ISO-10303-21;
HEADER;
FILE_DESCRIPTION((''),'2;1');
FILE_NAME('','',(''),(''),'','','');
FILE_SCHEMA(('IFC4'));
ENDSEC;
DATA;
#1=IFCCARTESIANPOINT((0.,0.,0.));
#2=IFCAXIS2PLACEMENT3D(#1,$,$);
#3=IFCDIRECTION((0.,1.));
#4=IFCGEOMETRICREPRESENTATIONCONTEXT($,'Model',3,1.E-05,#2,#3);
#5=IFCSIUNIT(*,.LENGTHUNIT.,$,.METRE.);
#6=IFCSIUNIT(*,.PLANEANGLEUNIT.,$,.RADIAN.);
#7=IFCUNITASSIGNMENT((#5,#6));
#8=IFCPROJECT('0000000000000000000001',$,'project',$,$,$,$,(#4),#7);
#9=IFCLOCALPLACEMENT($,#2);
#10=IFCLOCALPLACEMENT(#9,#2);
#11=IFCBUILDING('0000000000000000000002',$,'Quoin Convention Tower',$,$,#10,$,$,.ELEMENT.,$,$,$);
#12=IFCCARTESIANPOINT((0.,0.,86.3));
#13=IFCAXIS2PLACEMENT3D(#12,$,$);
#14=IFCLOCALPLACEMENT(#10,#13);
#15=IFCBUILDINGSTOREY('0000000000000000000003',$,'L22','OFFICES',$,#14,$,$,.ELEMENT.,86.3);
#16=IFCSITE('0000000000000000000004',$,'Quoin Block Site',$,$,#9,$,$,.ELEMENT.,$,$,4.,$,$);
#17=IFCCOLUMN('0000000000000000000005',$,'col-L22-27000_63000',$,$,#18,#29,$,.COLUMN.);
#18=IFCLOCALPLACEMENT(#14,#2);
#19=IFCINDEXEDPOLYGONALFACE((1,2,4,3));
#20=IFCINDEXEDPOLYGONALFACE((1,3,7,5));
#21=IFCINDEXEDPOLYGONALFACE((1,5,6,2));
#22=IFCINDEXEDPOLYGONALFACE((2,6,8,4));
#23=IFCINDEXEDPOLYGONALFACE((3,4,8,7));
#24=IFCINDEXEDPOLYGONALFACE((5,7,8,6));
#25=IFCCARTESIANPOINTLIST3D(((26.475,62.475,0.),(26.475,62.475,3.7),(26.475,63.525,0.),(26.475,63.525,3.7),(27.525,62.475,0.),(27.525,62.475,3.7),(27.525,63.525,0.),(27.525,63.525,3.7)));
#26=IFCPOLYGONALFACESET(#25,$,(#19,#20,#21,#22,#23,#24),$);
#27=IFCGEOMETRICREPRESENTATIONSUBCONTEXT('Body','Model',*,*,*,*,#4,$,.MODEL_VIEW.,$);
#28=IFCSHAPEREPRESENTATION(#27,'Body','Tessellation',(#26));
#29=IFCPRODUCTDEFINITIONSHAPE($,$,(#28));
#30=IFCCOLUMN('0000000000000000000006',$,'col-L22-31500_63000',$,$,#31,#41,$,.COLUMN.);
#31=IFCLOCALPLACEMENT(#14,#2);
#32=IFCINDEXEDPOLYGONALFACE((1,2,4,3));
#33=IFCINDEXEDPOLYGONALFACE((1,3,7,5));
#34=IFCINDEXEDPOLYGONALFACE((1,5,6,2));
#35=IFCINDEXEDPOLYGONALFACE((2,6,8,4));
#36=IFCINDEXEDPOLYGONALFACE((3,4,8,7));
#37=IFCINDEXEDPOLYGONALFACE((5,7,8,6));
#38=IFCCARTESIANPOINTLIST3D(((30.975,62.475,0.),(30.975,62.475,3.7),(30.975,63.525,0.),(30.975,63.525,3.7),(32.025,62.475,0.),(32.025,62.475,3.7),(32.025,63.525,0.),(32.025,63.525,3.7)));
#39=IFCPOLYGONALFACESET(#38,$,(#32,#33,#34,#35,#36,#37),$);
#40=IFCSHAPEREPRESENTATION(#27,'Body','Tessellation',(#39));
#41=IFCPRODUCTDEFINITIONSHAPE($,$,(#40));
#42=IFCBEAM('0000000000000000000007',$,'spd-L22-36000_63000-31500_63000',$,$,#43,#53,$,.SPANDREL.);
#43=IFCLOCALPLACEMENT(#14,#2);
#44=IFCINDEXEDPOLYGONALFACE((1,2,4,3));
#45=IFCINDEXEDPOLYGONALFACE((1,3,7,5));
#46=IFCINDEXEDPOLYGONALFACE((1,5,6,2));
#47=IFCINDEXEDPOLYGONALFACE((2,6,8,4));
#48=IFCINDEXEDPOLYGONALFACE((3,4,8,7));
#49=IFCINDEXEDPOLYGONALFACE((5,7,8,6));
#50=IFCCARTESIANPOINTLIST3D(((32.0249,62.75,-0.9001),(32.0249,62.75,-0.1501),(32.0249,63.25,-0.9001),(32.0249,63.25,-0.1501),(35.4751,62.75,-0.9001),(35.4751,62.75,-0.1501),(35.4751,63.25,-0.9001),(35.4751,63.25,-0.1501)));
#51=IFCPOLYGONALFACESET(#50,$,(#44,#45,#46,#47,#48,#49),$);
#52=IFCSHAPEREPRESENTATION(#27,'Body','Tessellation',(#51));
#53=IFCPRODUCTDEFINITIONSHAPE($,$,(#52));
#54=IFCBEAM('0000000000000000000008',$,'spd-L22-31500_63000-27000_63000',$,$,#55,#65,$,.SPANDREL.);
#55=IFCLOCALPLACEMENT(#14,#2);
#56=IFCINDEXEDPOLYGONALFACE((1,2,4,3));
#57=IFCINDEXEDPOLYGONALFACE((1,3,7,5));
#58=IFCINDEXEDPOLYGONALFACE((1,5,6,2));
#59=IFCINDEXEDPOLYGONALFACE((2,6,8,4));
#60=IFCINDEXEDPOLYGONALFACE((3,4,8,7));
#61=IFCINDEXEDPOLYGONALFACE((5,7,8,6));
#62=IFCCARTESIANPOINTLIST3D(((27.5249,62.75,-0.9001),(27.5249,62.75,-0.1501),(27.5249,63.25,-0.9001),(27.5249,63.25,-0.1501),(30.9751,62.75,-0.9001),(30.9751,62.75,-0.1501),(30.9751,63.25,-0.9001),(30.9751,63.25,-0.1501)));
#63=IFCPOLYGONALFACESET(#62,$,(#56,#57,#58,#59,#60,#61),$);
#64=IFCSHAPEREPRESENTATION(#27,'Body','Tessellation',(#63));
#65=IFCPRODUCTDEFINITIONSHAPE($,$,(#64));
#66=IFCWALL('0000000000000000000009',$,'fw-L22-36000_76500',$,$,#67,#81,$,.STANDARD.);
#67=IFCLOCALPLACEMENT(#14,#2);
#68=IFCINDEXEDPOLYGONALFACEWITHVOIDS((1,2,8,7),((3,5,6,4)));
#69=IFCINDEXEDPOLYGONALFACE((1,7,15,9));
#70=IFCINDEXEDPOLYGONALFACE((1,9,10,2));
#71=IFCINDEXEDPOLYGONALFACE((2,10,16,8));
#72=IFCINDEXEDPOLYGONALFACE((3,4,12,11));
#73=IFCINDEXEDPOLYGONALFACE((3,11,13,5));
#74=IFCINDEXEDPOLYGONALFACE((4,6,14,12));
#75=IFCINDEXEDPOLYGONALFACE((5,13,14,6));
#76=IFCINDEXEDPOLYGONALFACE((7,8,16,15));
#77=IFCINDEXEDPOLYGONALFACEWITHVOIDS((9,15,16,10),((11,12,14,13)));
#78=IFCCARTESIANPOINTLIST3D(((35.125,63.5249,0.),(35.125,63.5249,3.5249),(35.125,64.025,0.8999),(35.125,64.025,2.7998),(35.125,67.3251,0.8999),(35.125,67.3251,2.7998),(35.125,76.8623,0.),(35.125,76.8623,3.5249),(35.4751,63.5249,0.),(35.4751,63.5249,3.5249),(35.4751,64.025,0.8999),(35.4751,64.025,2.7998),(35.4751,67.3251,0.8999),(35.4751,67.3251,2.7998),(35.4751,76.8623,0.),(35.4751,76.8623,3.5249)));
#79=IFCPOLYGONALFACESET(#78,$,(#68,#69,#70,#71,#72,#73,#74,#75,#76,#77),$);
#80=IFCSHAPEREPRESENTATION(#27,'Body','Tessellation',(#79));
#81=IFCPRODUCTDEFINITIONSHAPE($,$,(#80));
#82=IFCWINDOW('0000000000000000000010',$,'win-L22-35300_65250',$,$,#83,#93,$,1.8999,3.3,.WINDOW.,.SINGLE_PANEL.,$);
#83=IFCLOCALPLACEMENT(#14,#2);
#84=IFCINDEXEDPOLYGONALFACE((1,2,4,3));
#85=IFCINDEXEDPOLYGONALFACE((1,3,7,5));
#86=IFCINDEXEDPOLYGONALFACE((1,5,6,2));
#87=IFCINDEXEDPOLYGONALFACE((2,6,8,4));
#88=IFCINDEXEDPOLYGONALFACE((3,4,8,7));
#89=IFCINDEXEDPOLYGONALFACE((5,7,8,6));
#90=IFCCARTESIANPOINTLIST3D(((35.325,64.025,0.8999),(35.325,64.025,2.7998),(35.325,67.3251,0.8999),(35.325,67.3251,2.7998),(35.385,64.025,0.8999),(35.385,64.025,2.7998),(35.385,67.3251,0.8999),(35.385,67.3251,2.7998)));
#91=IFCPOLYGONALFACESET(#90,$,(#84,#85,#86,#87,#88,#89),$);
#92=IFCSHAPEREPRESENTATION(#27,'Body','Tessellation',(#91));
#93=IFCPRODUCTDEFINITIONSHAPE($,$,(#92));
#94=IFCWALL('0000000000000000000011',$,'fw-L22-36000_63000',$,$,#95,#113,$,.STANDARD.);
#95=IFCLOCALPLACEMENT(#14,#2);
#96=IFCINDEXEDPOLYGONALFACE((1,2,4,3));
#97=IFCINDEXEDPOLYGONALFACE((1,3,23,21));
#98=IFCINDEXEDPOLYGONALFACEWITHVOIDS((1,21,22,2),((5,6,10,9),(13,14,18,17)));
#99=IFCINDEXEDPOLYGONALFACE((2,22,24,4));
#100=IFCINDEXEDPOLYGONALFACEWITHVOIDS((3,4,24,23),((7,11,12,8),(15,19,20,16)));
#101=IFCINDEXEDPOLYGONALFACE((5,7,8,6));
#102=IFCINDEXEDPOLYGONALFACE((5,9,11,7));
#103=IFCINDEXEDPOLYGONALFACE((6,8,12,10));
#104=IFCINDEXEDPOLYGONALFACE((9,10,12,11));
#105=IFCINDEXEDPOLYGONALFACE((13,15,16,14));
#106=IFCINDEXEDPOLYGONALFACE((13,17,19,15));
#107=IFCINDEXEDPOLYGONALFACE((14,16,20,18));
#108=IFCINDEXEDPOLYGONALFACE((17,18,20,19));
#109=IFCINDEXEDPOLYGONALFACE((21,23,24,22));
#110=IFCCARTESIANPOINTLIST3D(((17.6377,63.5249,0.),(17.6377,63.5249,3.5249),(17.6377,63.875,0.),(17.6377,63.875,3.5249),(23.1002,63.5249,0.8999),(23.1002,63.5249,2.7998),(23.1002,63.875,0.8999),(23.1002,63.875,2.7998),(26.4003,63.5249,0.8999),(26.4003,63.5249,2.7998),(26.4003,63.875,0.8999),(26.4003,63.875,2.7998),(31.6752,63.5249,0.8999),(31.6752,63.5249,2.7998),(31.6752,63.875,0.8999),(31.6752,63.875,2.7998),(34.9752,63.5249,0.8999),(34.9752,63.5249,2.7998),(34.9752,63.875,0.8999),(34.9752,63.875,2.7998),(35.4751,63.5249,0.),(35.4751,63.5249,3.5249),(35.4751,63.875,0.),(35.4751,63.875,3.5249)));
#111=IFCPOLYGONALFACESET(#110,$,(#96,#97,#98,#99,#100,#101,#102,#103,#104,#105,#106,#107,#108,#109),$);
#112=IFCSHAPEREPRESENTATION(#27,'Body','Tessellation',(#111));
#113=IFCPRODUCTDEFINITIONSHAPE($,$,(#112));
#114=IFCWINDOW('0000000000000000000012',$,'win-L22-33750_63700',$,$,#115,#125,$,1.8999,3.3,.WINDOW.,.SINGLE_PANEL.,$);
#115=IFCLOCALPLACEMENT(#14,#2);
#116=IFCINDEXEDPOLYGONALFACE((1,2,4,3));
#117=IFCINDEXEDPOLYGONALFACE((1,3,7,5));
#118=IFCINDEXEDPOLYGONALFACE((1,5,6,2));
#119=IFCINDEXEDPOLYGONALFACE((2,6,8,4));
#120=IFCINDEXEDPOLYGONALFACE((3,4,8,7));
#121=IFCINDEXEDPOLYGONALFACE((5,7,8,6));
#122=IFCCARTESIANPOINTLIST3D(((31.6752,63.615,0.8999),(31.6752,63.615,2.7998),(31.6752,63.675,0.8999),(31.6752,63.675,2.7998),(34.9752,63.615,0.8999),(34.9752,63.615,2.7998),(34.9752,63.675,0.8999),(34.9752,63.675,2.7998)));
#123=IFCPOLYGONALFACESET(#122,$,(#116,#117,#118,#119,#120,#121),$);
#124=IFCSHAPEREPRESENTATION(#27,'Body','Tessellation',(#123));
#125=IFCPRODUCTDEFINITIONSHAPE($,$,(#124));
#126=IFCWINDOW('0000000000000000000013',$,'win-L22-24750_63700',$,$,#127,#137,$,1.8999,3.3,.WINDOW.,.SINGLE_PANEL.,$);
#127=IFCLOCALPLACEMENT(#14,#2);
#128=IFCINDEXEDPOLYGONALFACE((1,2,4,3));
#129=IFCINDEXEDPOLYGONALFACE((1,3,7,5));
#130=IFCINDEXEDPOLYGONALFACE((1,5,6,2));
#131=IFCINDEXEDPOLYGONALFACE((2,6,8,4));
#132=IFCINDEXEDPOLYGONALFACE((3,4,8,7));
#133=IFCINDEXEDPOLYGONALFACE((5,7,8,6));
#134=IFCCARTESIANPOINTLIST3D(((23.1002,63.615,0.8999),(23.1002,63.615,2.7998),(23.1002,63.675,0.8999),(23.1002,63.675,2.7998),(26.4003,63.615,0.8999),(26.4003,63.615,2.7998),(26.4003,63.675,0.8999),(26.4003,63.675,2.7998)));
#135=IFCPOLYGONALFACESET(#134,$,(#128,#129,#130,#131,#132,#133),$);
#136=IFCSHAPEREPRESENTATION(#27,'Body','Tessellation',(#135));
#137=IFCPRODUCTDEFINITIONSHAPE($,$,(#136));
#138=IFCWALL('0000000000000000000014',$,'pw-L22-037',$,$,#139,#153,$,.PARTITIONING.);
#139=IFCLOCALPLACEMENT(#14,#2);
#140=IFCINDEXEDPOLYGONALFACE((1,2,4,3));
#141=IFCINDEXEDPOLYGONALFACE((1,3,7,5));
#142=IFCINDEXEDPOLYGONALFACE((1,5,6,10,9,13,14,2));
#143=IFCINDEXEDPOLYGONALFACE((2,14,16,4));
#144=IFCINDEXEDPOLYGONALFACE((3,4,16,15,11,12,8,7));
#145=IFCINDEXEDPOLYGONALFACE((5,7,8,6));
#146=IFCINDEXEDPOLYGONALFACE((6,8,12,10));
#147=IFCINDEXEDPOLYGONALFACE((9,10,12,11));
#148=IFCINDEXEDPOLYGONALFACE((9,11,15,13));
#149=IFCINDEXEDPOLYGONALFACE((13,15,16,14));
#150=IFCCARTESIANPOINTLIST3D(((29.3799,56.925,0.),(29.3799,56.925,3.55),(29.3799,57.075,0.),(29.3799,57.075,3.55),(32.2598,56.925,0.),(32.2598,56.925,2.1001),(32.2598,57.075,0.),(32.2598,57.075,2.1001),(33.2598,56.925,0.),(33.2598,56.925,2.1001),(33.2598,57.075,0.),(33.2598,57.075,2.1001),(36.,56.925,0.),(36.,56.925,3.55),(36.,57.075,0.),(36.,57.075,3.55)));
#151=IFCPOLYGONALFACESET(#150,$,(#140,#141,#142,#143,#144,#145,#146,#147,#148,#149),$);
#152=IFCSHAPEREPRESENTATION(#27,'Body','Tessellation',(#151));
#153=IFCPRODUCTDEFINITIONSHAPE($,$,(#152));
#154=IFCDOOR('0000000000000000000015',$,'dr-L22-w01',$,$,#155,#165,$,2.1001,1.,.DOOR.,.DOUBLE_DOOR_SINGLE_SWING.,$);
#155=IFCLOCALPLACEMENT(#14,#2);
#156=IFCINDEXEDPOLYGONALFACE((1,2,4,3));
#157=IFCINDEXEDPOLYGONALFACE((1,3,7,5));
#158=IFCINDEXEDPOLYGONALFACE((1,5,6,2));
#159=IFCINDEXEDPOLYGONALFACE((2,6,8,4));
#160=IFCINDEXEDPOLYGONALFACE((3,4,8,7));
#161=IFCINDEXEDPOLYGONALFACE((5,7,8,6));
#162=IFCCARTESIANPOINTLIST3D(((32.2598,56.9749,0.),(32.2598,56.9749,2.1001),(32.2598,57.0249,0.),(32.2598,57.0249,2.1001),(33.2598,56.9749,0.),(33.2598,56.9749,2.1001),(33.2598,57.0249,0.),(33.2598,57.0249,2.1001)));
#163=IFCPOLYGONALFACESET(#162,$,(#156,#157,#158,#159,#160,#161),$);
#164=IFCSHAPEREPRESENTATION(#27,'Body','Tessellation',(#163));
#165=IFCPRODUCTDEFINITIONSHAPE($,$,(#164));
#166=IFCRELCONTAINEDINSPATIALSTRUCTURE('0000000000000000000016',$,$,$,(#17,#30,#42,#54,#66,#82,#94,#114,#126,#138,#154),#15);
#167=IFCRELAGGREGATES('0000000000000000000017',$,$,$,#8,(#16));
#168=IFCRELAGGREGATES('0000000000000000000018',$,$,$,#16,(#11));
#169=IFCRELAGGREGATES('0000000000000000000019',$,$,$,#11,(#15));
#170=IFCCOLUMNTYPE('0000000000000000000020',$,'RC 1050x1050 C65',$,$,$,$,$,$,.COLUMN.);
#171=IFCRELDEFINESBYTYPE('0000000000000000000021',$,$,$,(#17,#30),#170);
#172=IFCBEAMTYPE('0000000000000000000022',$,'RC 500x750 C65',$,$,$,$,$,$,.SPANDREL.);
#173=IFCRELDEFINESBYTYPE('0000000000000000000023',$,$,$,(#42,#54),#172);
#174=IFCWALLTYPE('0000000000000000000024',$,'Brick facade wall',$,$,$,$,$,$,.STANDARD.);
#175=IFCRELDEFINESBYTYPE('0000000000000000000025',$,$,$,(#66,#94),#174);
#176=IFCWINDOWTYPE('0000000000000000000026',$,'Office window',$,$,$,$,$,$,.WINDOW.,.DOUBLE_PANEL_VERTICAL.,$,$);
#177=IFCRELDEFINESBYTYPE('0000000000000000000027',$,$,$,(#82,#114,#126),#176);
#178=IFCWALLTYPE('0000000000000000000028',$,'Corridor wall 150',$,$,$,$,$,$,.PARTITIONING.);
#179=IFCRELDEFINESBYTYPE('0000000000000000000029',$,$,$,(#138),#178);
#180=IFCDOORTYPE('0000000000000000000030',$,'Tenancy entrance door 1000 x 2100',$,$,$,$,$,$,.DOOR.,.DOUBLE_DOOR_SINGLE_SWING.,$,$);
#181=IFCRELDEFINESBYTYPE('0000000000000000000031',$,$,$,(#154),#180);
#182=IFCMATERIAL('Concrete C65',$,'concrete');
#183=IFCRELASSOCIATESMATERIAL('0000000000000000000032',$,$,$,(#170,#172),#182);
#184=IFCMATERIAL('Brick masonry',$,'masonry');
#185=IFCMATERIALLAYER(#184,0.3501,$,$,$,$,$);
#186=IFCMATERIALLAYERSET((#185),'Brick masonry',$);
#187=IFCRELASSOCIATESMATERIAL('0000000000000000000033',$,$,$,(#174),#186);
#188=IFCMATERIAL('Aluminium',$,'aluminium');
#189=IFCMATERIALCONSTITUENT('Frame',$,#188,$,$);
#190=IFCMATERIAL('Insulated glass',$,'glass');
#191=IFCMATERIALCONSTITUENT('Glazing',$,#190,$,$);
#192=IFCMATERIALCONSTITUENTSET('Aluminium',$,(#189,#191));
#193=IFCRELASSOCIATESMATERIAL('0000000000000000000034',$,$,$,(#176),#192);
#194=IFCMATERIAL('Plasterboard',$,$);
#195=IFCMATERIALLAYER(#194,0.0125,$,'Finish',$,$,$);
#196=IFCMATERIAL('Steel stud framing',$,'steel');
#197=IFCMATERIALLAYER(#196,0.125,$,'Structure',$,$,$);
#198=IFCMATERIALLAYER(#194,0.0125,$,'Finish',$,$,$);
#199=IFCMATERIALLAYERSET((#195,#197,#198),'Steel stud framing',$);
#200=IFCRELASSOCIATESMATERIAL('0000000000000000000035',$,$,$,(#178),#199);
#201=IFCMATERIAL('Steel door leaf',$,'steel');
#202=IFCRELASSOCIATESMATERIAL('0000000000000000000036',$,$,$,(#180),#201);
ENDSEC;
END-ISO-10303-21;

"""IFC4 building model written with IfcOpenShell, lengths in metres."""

from ifc_helpers import new_model, si_unit, direction, frame, frame_2d, origin, origin_2d, place, context, subcontext, project, spatial, rectangle, extrude, material, layer, layer_set, constituent, constituent_set, material_profile, profile_set, type_object, element, fill, save


model = new_model("IFC4")

# Units and contexts
model_context = context("Model", 3, precision=1e-05, world=origin(), true_north=direction((0.0, 1.0)))
body_context = subcontext(model_context, "Body", "Model", "MODEL_VIEW")
ifc_project = project(units=[si_unit("LENGTHUNIT", "METRE"), si_unit("PLANEANGLEUNIT", "RADIAN")], contexts=[model_context])

# Site, building, storey
site_placement = place(None, origin())
site = spatial("IfcSite", under=ifc_project, at=site_placement, Name="Quoin Block Site", CompositionType="ELEMENT", RefElevation=4.0)
building_placement = place(site_placement, origin())
building = spatial("IfcBuilding", under=site, at=building_placement, Name="Quoin Convention Tower", CompositionType="ELEMENT")
storey_placement = place(building_placement, frame((0.0, 0.0, 86.3)))
storey = spatial("IfcBuildingStorey", under=building, at=storey_placement, Name="L22", Description="OFFICES", CompositionType="ELEMENT", Elevation=86.3)

# Columns
ifc_material_1 = material(Name="Concrete C65", Category="concrete")
ifc_material_profile_1 = material_profile(ifc_material_1, rectangle(XDim=1.05, YDim=1.05, at=origin_2d()), Name="RC 1050x1050")
ifc_profile_set_1 = profile_set([ifc_material_profile_1], Name="Concrete C65")
column_type = type_object("IfcColumnType", Name="RC 1050x1050 C65", PredefinedType="COLUMN", material=ifc_profile_set_1)
for number, where, z_axis, x_axis, name in (
    (1, (27.0, 63.0, 0.0), (0.0, 0.0, 1.0), (1.0, 0.0, 0.0), "col-L22-27000_63000"),
    (2, (31.5, 63.0, 0.0), (0.0, 0.0, 1.0), (1.0, 0.0, 0.0), "col-L22-31500_63000"),
):
    element("IfcColumn", number, at=place(storey_placement, frame(where, z_axis=z_axis, x_axis=x_axis)), inside=storey, type_object=column_type, Name=name, PredefinedType="COLUMN", context=body_context, shape_type="SweptSolid", body=[
        extrude(rectangle(XDim=1.05, YDim=1.05, at=origin_2d()), origin(), (0.0, 0.0, 1.0), 3.7),
    ])

# Beams
ifc_material_profile_2 = material_profile(ifc_material_1, rectangle(XDim=0.5, YDim=0.75, at=origin_2d()), Name="RC 500x750")
ifc_profile_set_2 = profile_set([ifc_material_profile_2], Name="Concrete C65")
beam_type = type_object("IfcBeamType", Name="RC 500x750 C65", PredefinedType="SPANDREL", material=ifc_profile_set_2)
for number, where, z_axis, x_axis, name in (
    (3, (35.4751, 63.0, -0.5251), (-1.0, 0.0, 0.0), (0.0, -1.0, 0.0), "spd-L22-36000_63000-31500_63000"),
    (4, (30.9751, 63.0, -0.5251), (-1.0, 0.0, 0.0), (0.0, -1.0, 0.0), "spd-L22-31500_63000-27000_63000"),
):
    element("IfcBeam", number, at=place(storey_placement, frame(where, z_axis=z_axis, x_axis=x_axis)), inside=storey, type_object=beam_type, Name=name, PredefinedType="SPANDREL", context=body_context, shape_type="SweptSolid", body=[
        extrude(rectangle(XDim=0.5, YDim=0.75, at=origin_2d()), origin(), (0.0, 0.0, 1.0), 3.4502),
    ])

# Wall, opening, window
ifc_material_2 = material(Name="Brick masonry", Category="masonry")
ifc_layer_1 = layer(ifc_material_2, 0.3501)
ifc_layer_set_1 = layer_set([ifc_layer_1], Name="Brick masonry")
wall_type_1 = type_object("IfcWallType", Name="Brick facade wall", PredefinedType="STANDARD", material=ifc_layer_set_1)
wall_1_placement = place(storey_placement, frame((35.3, 76.8623, 0.0), z_axis=(0.0, 0.0, 1.0), x_axis=(0.0, -1.0, 0.0)))
wall_1 = element("IfcWall", 5, at=wall_1_placement, inside=storey, type_object=wall_type_1, Name="fw-L22-36000_76500", PredefinedType="STANDARD", context=body_context, shape_type="SweptSolid", body=[
    extrude(rectangle(XDim=13.3374, YDim=0.3501, at=frame_2d((6.6687, 0.0))), origin(), (0.0, 0.0, 1.0), 3.5249),
])
opening_1_placement = place(wall_1_placement, frame((9.5374, 0.0, 0.8999)))
opening_1 = element("IfcOpeningElement", 6, at=opening_1_placement, cuts=wall_1, PredefinedType="OPENING", context=body_context, shape_type="SweptSolid", body=[
    extrude(rectangle(XDim=3.3, YDim=1.8999, at=frame_2d((1.6499, 0.95))), frame((0.0, 0.1851, 0.0), z_axis=(0.0, -1.0, 0.0), x_axis=(1.0, 0.0, 0.0)), (0.0, 0.0, 1.0), 0.3701),
])
ifc_material_3 = material(Name="Aluminium", Category="aluminium")
ifc_constituent_1 = constituent(ifc_material_3, Name="Frame")
ifc_material_4 = material(Name="Insulated glass", Category="glass")
ifc_constituent_2 = constituent(ifc_material_4, Name="Glazing")
ifc_constituent_set = constituent_set(constituents=[ifc_constituent_1, ifc_constituent_2], Name="Aluminium")
window_type = type_object("IfcWindowType", Name="Office window", PartitioningType="DOUBLE_PANEL_VERTICAL", PredefinedType="WINDOW", material=ifc_constituent_set)
window_1_placement = place(opening_1_placement, origin())
window_1 = element("IfcWindow", 7, at=window_1_placement, inside=storey, type_object=window_type, Name="win-L22-35300_65250", OverallHeight=1.8999, OverallWidth=3.3, PartitioningType="SINGLE_PANEL", PredefinedType="WINDOW", context=body_context, shape_type="SweptSolid", body=[
    extrude(rectangle(XDim=3.3, YDim=1.8999, at=frame_2d((1.6499, 0.95))), frame((0.0, 0.085, 0.0), z_axis=(0.0, -1.0, 0.0), x_axis=(1.0, 0.0, 0.0)), (0.0, 0.0, 1.0), 0.0601),
])
fill(opening_1, window_1)

# Wall, openings, windows
wall_2_placement = place(storey_placement, frame((35.4751, 63.7, 0.0), z_axis=(0.0, 0.0, 1.0), x_axis=(-1.0, 0.0, 0.0)))
wall_2 = element("IfcWall", 8, at=wall_2_placement, inside=storey, type_object=wall_type_1, Name="fw-L22-36000_63000", PredefinedType="STANDARD", context=body_context, shape_type="SweptSolid", body=[
    extrude(rectangle(XDim=17.8374, YDim=0.3501, at=frame_2d((8.9187, 0.0))), origin(), (0.0, 0.0, 1.0), 3.5249),
])
opening_2_placement = place(wall_2_placement, frame((0.5, 0.0, 0.8999)))
opening_2 = element("IfcOpeningElement", 9, at=opening_2_placement, cuts=wall_2, PredefinedType="OPENING", context=body_context, shape_type="SweptSolid", body=[
    extrude(rectangle(XDim=3.3, YDim=1.8999, at=frame_2d((1.6499, 0.95))), frame((0.0, 0.1851, 0.0), z_axis=(0.0, -1.0, 0.0), x_axis=(1.0, 0.0, 0.0)), (0.0, 0.0, 1.0), 0.3701),
])
opening_3_placement = place(wall_2_placement, frame((9.075, 0.0, 0.8999)))
opening_3 = element("IfcOpeningElement", 10, at=opening_3_placement, cuts=wall_2, PredefinedType="OPENING", context=body_context, shape_type="SweptSolid", body=[
    extrude(rectangle(XDim=3.3, YDim=1.8999, at=frame_2d((1.6499, 0.95))), frame((0.0, 0.1851, 0.0), z_axis=(0.0, -1.0, 0.0), x_axis=(1.0, 0.0, 0.0)), (0.0, 0.0, 1.0), 0.3701),
])
window_2_placement = place(opening_2_placement, origin())
window_2 = element("IfcWindow", 11, at=window_2_placement, inside=storey, type_object=window_type, Name="win-L22-33750_63700", OverallHeight=1.8999, OverallWidth=3.3, PartitioningType="SINGLE_PANEL", PredefinedType="WINDOW", context=body_context, shape_type="SweptSolid", body=[
    extrude(rectangle(XDim=3.3, YDim=1.8999, at=frame_2d((1.6499, 0.95))), frame((0.0, 0.085, 0.0), z_axis=(0.0, -1.0, 0.0), x_axis=(1.0, 0.0, 0.0)), (0.0, 0.0, 1.0), 0.0601),
])
fill(opening_2, window_2)
window_3_placement = place(opening_3_placement, origin())
window_3 = element("IfcWindow", 12, at=window_3_placement, inside=storey, type_object=window_type, Name="win-L22-24750_63700", OverallHeight=1.8999, OverallWidth=3.3, PartitioningType="SINGLE_PANEL", PredefinedType="WINDOW", context=body_context, shape_type="SweptSolid", body=[
    extrude(rectangle(XDim=3.3, YDim=1.8999, at=frame_2d((1.6499, 0.95))), frame((0.0, 0.085, 0.0), z_axis=(0.0, -1.0, 0.0), x_axis=(1.0, 0.0, 0.0)), (0.0, 0.0, 1.0), 0.0601),
])
fill(opening_3, window_3)

# Wall, opening, door
ifc_material_5 = material(Name="Plasterboard")
ifc_layer_2 = layer(ifc_material_5, 0.0125, Name="Finish")
ifc_material_6 = material(Name="Steel stud framing", Category="steel")
ifc_layer_3 = layer(ifc_material_6, 0.125, Name="Structure")
ifc_layer_4 = layer(ifc_material_5, 0.0125, Name="Finish")
ifc_layer_set_2 = layer_set([ifc_layer_2, ifc_layer_3, ifc_layer_4], Name="Steel stud framing")
wall_type_2 = type_object("IfcWallType", Name="Corridor wall 150", PredefinedType="PARTITIONING", material=ifc_layer_set_2)
wall_3_placement = place(storey_placement, frame((29.3799, 57.0, 0.0), z_axis=(0.0, 0.0, 1.0), x_axis=(1.0, 0.0, 0.0)))
wall_3 = element("IfcWall", 13, at=wall_3_placement, inside=storey, type_object=wall_type_2, Name="pw-L22-037", PredefinedType="PARTITIONING", context=body_context, shape_type="SweptSolid", body=[
    extrude(rectangle(XDim=6.6201, YDim=0.1499, at=frame_2d((3.3101, 0.0))), origin(), (0.0, 0.0, 1.0), 3.55),
])
opening_4_placement = place(wall_3_placement, frame((2.8799, 0.0, 0.0)))
opening_4 = element("IfcOpeningElement", 14, at=opening_4_placement, cuts=wall_3, PredefinedType="OPENING", context=body_context, shape_type="SweptSolid", body=[
    extrude(rectangle(XDim=1.0, YDim=2.1001, at=frame_2d((0.5, 1.05))), frame((0.0, 0.085, 0.0), z_axis=(0.0, -1.0, 0.0), x_axis=(1.0, 0.0, 0.0)), (0.0, 0.0, 1.0), 0.1699),
])
ifc_material_7 = material(Name="Steel door leaf", Category="steel")
door_type_1 = type_object("IfcDoorType", Name="Tenancy entrance door 1000 x 2100", OperationType="DOUBLE_DOOR_SINGLE_SWING", PredefinedType="DOOR", material=ifc_material_7)
door_1_placement = place(opening_4_placement, origin())
door_1 = element("IfcDoor", 15, at=door_1_placement, inside=storey, type_object=door_type_1, Name="dr-L22-w01", OperationType="DOUBLE_DOOR_SINGLE_SWING", OverallHeight=2.1001, OverallWidth=1.0, PredefinedType="DOOR", context=body_context, shape_type="SweptSolid", body=[
    extrude(rectangle(XDim=1.0, YDim=2.1001, at=frame_2d((0.5, 1.05))), frame((0.0, 0.0249, 0.0), z_axis=(0.0, -1.0, 0.0), x_axis=(1.0, 0.0, 0.0)), (0.0, 0.0, 1.0), 0.05),
])
fill(opening_4, door_1)

save(model, "model.ifc")
